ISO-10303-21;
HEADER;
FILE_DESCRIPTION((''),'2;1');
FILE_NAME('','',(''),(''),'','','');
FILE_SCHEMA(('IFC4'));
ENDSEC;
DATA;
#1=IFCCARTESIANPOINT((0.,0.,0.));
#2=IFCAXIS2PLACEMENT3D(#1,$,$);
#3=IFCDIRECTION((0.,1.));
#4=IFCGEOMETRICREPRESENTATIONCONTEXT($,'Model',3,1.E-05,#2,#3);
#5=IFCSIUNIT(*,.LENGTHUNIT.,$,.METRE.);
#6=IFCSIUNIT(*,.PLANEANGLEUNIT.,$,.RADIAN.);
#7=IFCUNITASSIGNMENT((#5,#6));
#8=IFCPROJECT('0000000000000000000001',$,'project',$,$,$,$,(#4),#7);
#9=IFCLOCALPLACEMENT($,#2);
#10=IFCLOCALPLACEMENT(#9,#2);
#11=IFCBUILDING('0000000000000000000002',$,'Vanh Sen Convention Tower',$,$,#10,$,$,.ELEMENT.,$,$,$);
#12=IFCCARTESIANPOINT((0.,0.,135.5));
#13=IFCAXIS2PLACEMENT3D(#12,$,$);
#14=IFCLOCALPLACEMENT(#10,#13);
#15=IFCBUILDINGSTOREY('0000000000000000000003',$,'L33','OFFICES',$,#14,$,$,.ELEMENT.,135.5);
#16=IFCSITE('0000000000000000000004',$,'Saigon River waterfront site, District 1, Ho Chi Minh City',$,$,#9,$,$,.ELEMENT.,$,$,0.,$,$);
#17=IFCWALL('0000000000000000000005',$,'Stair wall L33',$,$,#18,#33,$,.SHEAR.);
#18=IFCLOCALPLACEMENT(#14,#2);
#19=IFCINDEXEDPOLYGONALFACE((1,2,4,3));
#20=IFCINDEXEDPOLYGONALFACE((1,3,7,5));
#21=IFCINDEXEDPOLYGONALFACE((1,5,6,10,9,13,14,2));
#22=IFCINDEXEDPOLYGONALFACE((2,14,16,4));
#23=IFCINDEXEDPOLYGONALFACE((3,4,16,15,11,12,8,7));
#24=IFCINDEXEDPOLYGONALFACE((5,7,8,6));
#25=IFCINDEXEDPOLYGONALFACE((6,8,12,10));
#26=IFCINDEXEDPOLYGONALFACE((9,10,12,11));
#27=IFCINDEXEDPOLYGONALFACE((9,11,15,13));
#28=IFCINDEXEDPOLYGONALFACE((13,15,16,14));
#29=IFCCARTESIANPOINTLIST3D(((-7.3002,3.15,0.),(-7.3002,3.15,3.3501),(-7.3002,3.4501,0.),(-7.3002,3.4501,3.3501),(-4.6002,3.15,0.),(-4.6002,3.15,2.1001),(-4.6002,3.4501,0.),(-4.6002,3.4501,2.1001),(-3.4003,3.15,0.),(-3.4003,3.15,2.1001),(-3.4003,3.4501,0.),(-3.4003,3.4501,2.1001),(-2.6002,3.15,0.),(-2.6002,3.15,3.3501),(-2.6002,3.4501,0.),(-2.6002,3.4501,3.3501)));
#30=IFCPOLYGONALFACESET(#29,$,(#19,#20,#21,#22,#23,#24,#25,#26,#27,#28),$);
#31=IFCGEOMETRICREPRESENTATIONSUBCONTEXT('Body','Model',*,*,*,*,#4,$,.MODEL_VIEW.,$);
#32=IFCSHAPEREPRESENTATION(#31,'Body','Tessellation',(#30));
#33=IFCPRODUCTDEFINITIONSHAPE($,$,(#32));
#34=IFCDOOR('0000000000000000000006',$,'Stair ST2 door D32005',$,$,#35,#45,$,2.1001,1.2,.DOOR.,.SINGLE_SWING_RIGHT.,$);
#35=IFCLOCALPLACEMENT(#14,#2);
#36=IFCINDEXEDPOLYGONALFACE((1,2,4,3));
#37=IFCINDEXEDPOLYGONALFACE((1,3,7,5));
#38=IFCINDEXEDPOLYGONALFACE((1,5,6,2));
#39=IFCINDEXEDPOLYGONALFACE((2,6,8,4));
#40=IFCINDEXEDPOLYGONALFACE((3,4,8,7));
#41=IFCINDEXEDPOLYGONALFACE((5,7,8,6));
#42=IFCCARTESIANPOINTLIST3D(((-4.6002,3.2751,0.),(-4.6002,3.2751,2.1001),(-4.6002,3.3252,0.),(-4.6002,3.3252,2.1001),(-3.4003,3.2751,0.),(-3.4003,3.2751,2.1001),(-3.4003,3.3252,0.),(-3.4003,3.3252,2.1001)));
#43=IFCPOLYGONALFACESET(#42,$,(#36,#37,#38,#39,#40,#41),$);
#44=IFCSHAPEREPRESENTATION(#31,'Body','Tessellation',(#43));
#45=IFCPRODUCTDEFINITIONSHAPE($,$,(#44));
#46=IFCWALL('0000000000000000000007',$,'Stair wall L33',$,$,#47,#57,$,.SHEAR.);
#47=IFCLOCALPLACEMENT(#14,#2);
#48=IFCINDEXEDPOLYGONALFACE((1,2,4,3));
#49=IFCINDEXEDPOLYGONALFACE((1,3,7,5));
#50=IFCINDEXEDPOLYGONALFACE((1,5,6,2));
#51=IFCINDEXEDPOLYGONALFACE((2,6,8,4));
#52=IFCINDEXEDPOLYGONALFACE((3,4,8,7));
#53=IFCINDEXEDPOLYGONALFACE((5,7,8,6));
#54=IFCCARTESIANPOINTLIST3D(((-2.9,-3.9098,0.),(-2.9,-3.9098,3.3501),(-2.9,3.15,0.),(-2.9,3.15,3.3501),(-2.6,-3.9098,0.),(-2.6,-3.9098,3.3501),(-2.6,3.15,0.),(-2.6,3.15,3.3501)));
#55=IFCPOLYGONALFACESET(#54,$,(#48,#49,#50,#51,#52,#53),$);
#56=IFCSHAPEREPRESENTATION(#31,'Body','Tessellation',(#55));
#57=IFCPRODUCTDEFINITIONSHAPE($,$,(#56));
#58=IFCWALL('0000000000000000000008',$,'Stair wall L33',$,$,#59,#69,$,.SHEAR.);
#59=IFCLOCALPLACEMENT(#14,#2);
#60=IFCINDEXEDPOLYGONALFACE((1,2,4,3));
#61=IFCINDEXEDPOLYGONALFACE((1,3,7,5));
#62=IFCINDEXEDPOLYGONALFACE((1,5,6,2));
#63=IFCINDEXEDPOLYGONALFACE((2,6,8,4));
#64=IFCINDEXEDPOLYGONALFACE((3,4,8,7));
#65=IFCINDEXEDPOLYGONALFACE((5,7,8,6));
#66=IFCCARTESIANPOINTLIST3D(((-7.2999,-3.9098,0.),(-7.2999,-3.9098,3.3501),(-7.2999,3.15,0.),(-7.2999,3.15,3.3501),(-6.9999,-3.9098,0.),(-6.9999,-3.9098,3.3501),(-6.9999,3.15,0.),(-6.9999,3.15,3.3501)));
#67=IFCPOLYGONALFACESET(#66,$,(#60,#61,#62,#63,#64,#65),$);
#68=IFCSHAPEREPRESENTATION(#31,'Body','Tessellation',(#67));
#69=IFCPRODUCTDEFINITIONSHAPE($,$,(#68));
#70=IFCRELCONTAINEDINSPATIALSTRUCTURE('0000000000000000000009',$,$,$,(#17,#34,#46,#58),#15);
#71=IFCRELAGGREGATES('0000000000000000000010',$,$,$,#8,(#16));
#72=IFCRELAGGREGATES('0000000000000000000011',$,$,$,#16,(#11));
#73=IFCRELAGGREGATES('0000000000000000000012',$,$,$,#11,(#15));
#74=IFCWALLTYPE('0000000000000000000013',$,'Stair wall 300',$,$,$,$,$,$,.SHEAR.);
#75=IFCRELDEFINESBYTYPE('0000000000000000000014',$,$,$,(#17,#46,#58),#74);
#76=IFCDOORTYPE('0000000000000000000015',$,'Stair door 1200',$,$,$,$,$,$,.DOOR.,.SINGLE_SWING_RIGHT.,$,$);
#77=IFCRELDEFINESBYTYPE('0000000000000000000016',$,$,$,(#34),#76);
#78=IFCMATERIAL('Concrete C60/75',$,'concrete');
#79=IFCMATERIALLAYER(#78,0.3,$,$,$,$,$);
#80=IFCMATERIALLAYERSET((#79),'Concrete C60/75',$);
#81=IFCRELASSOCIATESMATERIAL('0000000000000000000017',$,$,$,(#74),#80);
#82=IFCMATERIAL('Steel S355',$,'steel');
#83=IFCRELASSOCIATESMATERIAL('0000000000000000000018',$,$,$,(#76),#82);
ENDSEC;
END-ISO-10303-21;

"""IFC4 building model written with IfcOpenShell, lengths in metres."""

from ifc_helpers import new_model, si_unit, direction, frame, frame_2d, origin, place, context, subcontext, project, spatial, rectangle, extrude, material, layer, layer_set, type_object, element, fill, save


model = new_model("IFC4")

# Units and contexts
model_context = context("Model", 3, precision=1e-05, world=origin(), true_north=direction((0.0, 1.0)))
body_context = subcontext(model_context, "Body", "Model", "MODEL_VIEW")
ifc_project = project(units=[si_unit("LENGTHUNIT", "METRE"), si_unit("PLANEANGLEUNIT", "RADIAN")], contexts=[model_context])

# Site, building, storey
site_placement = place(None, origin())
site = spatial("IfcSite", under=ifc_project, at=site_placement, Name="Saigon River waterfront site, District 1, Ho Chi Minh City", CompositionType="ELEMENT", RefElevation=0.0)
building_placement = place(site_placement, origin())
building = spatial("IfcBuilding", under=site, at=building_placement, Name="Vanh Sen Convention Tower", CompositionType="ELEMENT")
storey_placement = place(building_placement, frame((0.0, 0.0, 135.5)))
storey = spatial("IfcBuildingStorey", under=building, at=storey_placement, Name="L33", Description="OFFICES", CompositionType="ELEMENT", Elevation=135.5)

# Shared definitions
ifc_material_1 = material(Name="Concrete C60/75", Category="concrete")

# Shared definitions
ifc_layer_1 = layer(ifc_material_1, 0.3)
ifc_layer_set_1 = layer_set([ifc_layer_1], Name="Concrete C60/75")
wall_type_1 = type_object("IfcWallType", Name="Stair wall 300", PredefinedType="SHEAR", material=ifc_layer_set_1)

# Wall, opening, door
wall_1_placement = place(storey_placement, frame((-2.6001, 3.3, 0.0), z_axis=(0.0, 0.0, 1.0), x_axis=(-1.0, 0.0, 0.0)))
wall_1 = element("IfcWall", 1, at=wall_1_placement, inside=storey, type_object=wall_type_1, Name="Stair wall L33", PredefinedType="SHEAR", context=body_context, shape_type="SweptSolid", body=[
    extrude(rectangle(XDim=4.7, YDim=0.3, at=frame_2d((2.3501, 0.0))), origin(), (0.0, 0.0, 1.0), 3.3501),
])
opening_1_placement = place(wall_1_placement, frame((0.8, 0.0, 0.0)))
opening_1 = element("IfcOpeningElement", 2, at=opening_1_placement, cuts=wall_1, PredefinedType="OPENING", context=body_context, shape_type="SweptSolid", body=[
    extrude(rectangle(XDim=1.2, YDim=2.1001, at=frame_2d((0.6001, 1.05))), frame((0.0, 0.1599, 0.0), z_axis=(0.0, -1.0, 0.0), x_axis=(1.0, 0.0, 0.0)), (0.0, 0.0, 1.0), 0.3201),
])
ifc_material_2 = material(Name="Steel S355", Category="steel")
door_type_1 = type_object("IfcDoorType", Name="Stair door 1200", OperationType="SINGLE_SWING_RIGHT", PredefinedType="DOOR", material=ifc_material_2)
door_1_placement = place(opening_1_placement, origin())
door_1 = element("IfcDoor", 3, at=door_1_placement, inside=storey, type_object=door_type_1, Name="Stair ST2 door D32005", OperationType="SINGLE_SWING_RIGHT", OverallHeight=2.1001, OverallWidth=1.2, PredefinedType="DOOR", context=body_context, shape_type="SweptSolid", body=[
    extrude(rectangle(XDim=1.2, YDim=2.1001, at=frame_2d((0.6001, 1.05))), frame((0.0, 0.0249, 0.0), z_axis=(0.0, -1.0, 0.0), x_axis=(1.0, 0.0, 0.0)), (0.0, 0.0, 1.0), 0.05),
])
fill(opening_1, door_1)

# Walls
for number, where, z_axis, x_axis, name in (
    (4, (-2.75, 3.1499, 0.0), (0.0, 0.0, 1.0), (0.0, -1.0, 0.0), "Stair wall L33"),
    (5, (-7.1499, 3.1499, 0.0), (0.0, 0.0, 1.0), (0.0, -1.0, 0.0), "Stair wall L33"),
):
    element("IfcWall", number, at=place(storey_placement, frame(where, z_axis=z_axis, x_axis=x_axis)), inside=storey, type_object=wall_type_1, Name=name, PredefinedType="SHEAR", context=body_context, shape_type="SweptSolid", body=[
        extrude(rectangle(XDim=7.0598, YDim=0.3, at=frame_2d((3.5298, 0.0))), origin(), (0.0, 0.0, 1.0), 3.3501),
    ])

save(model, "model.ifc")
